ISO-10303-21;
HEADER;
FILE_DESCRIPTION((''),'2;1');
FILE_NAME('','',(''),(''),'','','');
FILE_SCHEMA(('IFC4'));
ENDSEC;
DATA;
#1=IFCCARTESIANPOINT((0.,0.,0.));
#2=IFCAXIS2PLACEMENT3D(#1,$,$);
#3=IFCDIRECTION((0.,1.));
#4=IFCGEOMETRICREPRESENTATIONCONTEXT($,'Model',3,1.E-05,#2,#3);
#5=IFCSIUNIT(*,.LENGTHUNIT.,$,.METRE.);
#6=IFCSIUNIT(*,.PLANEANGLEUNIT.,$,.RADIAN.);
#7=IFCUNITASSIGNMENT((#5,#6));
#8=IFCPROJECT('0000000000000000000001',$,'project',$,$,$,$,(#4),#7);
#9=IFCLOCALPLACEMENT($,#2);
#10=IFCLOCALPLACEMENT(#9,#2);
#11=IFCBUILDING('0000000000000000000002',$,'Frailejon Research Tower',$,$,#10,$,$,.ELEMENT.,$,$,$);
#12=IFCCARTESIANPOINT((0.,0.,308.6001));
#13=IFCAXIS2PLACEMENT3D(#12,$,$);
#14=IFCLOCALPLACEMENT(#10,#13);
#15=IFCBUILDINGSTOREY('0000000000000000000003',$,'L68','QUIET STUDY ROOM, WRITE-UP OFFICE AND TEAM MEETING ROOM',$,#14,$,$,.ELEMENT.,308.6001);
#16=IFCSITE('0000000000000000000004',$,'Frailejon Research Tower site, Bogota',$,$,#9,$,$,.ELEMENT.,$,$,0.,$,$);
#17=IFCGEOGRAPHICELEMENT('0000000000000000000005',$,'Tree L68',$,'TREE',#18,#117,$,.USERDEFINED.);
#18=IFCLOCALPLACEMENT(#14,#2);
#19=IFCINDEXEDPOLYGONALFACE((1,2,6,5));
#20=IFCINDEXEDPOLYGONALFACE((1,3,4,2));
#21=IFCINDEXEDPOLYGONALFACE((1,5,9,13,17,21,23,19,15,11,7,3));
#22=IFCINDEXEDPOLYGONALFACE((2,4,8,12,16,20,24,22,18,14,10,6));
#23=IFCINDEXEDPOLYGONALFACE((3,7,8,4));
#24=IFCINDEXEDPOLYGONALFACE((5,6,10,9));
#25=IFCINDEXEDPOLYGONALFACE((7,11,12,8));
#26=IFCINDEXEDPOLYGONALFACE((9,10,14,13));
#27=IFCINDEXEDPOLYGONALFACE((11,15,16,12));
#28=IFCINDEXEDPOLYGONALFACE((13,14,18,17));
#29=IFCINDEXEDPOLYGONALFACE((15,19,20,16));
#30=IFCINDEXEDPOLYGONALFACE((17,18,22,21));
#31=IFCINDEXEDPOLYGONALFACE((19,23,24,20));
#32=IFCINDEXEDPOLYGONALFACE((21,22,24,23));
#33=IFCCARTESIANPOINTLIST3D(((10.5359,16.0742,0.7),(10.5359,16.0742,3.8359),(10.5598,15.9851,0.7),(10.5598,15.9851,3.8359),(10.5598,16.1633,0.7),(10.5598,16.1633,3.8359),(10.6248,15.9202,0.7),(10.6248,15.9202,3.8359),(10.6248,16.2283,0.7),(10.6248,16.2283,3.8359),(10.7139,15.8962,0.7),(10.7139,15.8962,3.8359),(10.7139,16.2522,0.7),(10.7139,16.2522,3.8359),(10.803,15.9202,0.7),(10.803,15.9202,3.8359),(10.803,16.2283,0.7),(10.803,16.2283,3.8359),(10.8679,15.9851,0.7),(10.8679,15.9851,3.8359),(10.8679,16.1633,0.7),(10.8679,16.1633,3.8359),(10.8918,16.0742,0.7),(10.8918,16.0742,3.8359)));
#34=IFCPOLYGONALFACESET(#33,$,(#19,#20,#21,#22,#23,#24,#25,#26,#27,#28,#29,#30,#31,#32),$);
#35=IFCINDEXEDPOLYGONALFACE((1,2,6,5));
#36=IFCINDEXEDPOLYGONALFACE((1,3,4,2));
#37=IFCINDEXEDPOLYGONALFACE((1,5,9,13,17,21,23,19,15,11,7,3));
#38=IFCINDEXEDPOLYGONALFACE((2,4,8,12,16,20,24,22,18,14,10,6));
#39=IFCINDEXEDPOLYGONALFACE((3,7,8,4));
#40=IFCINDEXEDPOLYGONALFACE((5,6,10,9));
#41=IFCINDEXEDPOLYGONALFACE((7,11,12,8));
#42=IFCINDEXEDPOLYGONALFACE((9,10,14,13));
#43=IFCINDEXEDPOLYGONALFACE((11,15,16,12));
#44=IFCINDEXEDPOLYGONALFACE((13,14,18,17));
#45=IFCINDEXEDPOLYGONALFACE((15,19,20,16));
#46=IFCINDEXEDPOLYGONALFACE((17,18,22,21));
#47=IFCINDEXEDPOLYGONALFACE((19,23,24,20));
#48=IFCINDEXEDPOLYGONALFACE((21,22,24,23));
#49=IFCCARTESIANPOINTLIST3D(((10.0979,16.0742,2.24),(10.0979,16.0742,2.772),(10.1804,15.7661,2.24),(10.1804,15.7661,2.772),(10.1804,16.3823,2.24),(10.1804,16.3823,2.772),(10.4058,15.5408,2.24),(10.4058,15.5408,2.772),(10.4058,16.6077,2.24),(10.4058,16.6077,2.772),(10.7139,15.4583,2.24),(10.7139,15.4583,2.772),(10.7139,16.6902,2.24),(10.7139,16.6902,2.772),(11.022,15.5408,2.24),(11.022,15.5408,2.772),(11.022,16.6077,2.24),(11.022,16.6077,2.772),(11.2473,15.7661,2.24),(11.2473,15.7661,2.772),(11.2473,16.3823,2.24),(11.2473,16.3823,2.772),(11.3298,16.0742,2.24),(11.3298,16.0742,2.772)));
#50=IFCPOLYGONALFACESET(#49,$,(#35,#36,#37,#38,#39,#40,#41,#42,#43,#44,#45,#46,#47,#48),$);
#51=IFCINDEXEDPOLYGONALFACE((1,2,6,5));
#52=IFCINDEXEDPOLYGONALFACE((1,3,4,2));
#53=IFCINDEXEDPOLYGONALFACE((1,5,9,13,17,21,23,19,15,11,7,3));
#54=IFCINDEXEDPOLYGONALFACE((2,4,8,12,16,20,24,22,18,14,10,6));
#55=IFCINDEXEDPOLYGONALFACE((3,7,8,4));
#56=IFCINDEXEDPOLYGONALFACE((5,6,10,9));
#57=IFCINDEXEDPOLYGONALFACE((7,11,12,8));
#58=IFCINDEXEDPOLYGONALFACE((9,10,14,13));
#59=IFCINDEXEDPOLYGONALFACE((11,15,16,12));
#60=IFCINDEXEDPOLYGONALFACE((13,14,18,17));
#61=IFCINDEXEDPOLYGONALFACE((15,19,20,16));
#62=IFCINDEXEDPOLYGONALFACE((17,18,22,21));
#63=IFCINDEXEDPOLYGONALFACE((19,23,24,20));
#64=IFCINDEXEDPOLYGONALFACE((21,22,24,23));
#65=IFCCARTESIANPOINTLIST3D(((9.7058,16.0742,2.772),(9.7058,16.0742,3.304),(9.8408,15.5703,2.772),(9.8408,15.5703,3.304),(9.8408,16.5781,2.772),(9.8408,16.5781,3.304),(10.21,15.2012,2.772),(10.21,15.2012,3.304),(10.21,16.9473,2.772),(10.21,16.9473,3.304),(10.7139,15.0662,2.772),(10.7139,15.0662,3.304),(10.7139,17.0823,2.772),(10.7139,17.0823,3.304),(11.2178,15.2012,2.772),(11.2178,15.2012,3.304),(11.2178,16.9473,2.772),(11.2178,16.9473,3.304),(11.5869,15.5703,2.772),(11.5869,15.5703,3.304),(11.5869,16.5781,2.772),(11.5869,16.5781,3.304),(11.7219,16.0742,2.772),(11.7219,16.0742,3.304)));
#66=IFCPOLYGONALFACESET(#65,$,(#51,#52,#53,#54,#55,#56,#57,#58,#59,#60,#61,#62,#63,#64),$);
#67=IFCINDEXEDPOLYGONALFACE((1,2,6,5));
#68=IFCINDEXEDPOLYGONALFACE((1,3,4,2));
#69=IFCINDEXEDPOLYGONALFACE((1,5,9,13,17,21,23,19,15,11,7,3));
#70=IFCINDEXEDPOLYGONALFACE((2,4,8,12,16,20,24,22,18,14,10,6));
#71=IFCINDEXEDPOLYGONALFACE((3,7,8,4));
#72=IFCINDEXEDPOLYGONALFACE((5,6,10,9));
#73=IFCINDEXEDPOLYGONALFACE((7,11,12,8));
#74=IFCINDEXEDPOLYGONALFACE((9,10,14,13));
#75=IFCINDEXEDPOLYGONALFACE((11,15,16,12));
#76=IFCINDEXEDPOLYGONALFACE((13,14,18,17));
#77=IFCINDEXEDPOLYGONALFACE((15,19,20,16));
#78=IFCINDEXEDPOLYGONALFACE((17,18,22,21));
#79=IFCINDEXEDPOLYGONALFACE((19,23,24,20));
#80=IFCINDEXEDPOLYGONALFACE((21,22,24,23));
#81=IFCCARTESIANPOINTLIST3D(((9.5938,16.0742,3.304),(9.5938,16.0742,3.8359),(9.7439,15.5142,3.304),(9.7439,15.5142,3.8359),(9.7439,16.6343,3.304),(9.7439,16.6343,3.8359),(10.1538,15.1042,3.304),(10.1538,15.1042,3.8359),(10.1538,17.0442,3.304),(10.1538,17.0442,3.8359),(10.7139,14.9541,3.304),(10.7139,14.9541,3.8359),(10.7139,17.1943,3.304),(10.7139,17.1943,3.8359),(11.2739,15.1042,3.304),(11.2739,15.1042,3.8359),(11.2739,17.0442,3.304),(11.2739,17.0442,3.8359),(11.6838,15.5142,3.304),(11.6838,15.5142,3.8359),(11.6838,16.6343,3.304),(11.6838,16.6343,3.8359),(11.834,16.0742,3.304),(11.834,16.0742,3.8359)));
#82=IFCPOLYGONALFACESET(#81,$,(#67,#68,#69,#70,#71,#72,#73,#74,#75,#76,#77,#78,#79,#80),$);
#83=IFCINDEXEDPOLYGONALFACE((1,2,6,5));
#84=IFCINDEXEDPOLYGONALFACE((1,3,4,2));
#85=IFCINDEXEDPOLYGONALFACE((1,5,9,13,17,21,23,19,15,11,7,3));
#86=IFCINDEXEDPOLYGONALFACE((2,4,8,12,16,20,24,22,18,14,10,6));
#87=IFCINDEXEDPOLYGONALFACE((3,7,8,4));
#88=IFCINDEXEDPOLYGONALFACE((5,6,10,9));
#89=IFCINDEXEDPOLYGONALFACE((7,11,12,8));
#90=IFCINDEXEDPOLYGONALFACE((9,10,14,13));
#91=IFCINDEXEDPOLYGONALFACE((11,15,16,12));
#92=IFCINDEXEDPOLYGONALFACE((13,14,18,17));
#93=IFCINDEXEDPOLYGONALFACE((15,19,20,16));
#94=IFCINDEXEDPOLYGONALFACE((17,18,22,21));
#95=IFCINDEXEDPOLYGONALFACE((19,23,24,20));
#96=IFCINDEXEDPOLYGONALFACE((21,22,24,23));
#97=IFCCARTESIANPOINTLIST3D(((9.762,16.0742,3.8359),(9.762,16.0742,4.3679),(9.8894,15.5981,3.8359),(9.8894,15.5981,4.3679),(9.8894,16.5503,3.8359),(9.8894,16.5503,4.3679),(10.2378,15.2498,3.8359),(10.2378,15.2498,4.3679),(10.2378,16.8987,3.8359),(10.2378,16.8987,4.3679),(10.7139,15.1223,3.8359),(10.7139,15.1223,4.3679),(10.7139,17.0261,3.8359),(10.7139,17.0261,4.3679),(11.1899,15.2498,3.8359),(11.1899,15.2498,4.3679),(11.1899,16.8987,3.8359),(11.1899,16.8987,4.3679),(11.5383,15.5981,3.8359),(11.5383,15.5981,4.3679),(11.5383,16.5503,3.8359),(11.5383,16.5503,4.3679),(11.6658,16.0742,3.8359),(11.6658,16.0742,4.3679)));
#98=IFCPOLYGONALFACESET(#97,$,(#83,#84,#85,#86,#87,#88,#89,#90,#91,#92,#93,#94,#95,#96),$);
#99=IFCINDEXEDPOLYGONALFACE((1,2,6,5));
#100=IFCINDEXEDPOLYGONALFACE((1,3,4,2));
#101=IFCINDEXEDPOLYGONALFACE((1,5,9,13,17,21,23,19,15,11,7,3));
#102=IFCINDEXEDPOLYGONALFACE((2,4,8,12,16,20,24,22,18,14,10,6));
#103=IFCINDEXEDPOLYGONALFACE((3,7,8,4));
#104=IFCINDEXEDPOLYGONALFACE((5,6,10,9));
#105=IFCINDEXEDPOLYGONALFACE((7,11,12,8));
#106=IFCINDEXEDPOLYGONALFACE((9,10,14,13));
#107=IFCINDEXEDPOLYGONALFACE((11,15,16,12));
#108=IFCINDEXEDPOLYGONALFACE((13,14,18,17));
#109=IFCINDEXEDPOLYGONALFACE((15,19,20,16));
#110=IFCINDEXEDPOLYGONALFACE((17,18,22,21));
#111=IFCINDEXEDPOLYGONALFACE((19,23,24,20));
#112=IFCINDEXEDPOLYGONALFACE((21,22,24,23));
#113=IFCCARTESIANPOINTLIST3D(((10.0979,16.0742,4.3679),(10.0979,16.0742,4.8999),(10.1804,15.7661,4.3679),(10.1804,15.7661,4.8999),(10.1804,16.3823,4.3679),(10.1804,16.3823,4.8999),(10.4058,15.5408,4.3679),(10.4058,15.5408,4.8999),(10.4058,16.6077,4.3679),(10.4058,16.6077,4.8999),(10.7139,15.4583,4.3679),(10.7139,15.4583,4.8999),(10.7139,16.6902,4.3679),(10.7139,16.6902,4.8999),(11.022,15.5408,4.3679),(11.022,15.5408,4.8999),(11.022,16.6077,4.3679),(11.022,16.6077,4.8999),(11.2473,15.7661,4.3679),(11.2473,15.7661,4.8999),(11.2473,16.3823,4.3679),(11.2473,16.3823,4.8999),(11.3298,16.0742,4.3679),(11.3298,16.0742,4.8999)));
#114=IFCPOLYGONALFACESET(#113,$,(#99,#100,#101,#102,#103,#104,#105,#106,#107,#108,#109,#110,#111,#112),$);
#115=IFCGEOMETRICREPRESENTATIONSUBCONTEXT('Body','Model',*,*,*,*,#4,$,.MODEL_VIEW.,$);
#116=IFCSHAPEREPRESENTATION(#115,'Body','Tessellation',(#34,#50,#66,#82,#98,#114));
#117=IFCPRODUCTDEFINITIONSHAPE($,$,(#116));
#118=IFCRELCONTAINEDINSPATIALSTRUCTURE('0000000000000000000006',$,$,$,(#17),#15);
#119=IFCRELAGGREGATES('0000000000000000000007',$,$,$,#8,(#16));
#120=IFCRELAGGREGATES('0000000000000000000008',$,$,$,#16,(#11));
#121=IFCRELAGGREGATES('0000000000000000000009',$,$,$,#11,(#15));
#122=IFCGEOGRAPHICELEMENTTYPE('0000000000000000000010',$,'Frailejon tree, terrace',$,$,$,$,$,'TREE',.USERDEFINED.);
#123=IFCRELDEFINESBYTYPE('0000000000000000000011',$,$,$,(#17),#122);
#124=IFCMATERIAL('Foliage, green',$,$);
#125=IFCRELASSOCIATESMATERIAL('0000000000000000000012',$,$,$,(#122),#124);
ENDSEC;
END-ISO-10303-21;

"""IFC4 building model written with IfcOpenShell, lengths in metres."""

from ifc_helpers import new_model, si_unit, direction, frame, origin, place, context, subcontext, project, spatial, polyline, outline, extrude, material, type_object, element, save


model = new_model("IFC4")

# Units and contexts
model_context = context("Model", 3, precision=1e-05, world=origin(), true_north=direction((0.0, 1.0)))
body_context = subcontext(model_context, "Body", "Model", "MODEL_VIEW")
ifc_project = project(units=[si_unit("LENGTHUNIT", "METRE"), si_unit("PLANEANGLEUNIT", "RADIAN")], contexts=[model_context])

# Site, building, storey
site_placement = place(None, origin())
site = spatial("IfcSite", under=ifc_project, at=site_placement, Name="Frailejon Research Tower site, Bogota", CompositionType="ELEMENT", RefElevation=0.0)
building_placement = place(site_placement, origin())
building = spatial("IfcBuilding", under=site, at=building_placement, Name="Frailejon Research Tower", CompositionType="ELEMENT")
storey_placement = place(building_placement, frame((0.0, 0.0, 308.6001)))
storey = spatial("IfcBuildingStorey", under=building, at=storey_placement, Name="L68", Description="QUIET STUDY ROOM, WRITE-UP OFFICE AND TEAM MEETING ROOM", CompositionType="ELEMENT", Elevation=308.6001)

# Geographic element
ifc_material_1 = material(Name="Foliage, green")
geographic_element_type = type_object("IfcGeographicElementType", Name="Frailejon tree, terrace", ElementType="TREE", PredefinedType="USERDEFINED", material=ifc_material_1)
geographic_element_placement = place(storey_placement, frame((10.7139, 16.0742, 0.7)))
element("IfcGeographicElement", 1, at=geographic_element_placement, inside=storey, type_object=geographic_element_type, Name="Tree L68", ObjectType="TREE", PredefinedType="USERDEFINED", context=body_context, shape_type="SweptSolid", body=[
    extrude(outline(polyline([(0.178, 0.0), (0.1541, 0.0891), (0.0891, 0.1541), (0.0, 0.178), (-0.0891, 0.1541), (-0.1541, 0.0891), (-0.178, 0.0), (-0.1541, -0.0891), (-0.0891, -0.1541), (0.0, -0.178), (0.0891, -0.1541), (0.1541, -0.0891), (0.178, 0.0)])), origin(), (0.0, 0.0, 1.0), 3.136),
    extrude(outline(polyline([(0.616, 0.0), (0.5334, 0.3081), (0.3081, 0.5334), (0.0, 0.616), (-0.3081, 0.5334), (-0.5334, 0.3081), (-0.616, 0.0), (-0.5334, -0.3081), (-0.3081, -0.5334), (0.0, -0.616), (0.3081, -0.5334), (0.5334, -0.3081), (0.616, 0.0)])), frame((0.0, 0.0, 1.54)), (0.0, 0.0, 1.0), 0.532),
    extrude(outline(polyline([(1.0081, 0.0), (0.873, 0.5039), (0.5039, 0.873), (0.0, 1.0081), (-0.5039, 0.873), (-0.873, 0.5039), (-1.0081, 0.0), (-0.873, -0.5039), (-0.5039, -0.873), (0.0, -1.0081), (0.5039, -0.873), (0.873, -0.5039), (1.0081, 0.0)])), frame((0.0, 0.0, 2.072)), (0.0, 0.0, 1.0), 0.532),
    extrude(outline(polyline([(1.1201, 0.0), (0.97, 0.5601), (0.5601, 0.97), (0.0, 1.1201), (-0.5601, 0.97), (-0.97, 0.5601), (-1.1201, 0.0), (-0.97, -0.5601), (-0.5601, -0.97), (0.0, -1.1201), (0.5601, -0.97), (0.97, -0.5601), (1.1201, 0.0)])), frame((0.0, 0.0, 2.604)), (0.0, 0.0, 1.0), 0.532),
    extrude(outline(polyline([(0.9519, 0.0), (0.8245, 0.4761), (0.4761, 0.8245), (0.0, 0.9519), (-0.4761, 0.8245), (-0.8245, 0.4761), (-0.9519, 0.0), (-0.8245, -0.4761), (-0.4761, -0.8245), (0.0, -0.9519), (0.4761, -0.8245), (0.8245, -0.4761), (0.9519, 0.0)])), frame((0.0, 0.0, 3.136)), (0.0, 0.0, 1.0), 0.532),
    extrude(outline(polyline([(0.616, 0.0), (0.5334, 0.3081), (0.3081, 0.5334), (0.0, 0.616), (-0.3081, 0.5334), (-0.5334, 0.3081), (-0.616, 0.0), (-0.5334, -0.3081), (-0.3081, -0.5334), (0.0, -0.616), (0.3081, -0.5334), (0.5334, -0.3081), (0.616, 0.0)])), frame((0.0, 0.0, 3.668)), (0.0, 0.0, 1.0), 0.532),
])

save(model, "model.ifc")
